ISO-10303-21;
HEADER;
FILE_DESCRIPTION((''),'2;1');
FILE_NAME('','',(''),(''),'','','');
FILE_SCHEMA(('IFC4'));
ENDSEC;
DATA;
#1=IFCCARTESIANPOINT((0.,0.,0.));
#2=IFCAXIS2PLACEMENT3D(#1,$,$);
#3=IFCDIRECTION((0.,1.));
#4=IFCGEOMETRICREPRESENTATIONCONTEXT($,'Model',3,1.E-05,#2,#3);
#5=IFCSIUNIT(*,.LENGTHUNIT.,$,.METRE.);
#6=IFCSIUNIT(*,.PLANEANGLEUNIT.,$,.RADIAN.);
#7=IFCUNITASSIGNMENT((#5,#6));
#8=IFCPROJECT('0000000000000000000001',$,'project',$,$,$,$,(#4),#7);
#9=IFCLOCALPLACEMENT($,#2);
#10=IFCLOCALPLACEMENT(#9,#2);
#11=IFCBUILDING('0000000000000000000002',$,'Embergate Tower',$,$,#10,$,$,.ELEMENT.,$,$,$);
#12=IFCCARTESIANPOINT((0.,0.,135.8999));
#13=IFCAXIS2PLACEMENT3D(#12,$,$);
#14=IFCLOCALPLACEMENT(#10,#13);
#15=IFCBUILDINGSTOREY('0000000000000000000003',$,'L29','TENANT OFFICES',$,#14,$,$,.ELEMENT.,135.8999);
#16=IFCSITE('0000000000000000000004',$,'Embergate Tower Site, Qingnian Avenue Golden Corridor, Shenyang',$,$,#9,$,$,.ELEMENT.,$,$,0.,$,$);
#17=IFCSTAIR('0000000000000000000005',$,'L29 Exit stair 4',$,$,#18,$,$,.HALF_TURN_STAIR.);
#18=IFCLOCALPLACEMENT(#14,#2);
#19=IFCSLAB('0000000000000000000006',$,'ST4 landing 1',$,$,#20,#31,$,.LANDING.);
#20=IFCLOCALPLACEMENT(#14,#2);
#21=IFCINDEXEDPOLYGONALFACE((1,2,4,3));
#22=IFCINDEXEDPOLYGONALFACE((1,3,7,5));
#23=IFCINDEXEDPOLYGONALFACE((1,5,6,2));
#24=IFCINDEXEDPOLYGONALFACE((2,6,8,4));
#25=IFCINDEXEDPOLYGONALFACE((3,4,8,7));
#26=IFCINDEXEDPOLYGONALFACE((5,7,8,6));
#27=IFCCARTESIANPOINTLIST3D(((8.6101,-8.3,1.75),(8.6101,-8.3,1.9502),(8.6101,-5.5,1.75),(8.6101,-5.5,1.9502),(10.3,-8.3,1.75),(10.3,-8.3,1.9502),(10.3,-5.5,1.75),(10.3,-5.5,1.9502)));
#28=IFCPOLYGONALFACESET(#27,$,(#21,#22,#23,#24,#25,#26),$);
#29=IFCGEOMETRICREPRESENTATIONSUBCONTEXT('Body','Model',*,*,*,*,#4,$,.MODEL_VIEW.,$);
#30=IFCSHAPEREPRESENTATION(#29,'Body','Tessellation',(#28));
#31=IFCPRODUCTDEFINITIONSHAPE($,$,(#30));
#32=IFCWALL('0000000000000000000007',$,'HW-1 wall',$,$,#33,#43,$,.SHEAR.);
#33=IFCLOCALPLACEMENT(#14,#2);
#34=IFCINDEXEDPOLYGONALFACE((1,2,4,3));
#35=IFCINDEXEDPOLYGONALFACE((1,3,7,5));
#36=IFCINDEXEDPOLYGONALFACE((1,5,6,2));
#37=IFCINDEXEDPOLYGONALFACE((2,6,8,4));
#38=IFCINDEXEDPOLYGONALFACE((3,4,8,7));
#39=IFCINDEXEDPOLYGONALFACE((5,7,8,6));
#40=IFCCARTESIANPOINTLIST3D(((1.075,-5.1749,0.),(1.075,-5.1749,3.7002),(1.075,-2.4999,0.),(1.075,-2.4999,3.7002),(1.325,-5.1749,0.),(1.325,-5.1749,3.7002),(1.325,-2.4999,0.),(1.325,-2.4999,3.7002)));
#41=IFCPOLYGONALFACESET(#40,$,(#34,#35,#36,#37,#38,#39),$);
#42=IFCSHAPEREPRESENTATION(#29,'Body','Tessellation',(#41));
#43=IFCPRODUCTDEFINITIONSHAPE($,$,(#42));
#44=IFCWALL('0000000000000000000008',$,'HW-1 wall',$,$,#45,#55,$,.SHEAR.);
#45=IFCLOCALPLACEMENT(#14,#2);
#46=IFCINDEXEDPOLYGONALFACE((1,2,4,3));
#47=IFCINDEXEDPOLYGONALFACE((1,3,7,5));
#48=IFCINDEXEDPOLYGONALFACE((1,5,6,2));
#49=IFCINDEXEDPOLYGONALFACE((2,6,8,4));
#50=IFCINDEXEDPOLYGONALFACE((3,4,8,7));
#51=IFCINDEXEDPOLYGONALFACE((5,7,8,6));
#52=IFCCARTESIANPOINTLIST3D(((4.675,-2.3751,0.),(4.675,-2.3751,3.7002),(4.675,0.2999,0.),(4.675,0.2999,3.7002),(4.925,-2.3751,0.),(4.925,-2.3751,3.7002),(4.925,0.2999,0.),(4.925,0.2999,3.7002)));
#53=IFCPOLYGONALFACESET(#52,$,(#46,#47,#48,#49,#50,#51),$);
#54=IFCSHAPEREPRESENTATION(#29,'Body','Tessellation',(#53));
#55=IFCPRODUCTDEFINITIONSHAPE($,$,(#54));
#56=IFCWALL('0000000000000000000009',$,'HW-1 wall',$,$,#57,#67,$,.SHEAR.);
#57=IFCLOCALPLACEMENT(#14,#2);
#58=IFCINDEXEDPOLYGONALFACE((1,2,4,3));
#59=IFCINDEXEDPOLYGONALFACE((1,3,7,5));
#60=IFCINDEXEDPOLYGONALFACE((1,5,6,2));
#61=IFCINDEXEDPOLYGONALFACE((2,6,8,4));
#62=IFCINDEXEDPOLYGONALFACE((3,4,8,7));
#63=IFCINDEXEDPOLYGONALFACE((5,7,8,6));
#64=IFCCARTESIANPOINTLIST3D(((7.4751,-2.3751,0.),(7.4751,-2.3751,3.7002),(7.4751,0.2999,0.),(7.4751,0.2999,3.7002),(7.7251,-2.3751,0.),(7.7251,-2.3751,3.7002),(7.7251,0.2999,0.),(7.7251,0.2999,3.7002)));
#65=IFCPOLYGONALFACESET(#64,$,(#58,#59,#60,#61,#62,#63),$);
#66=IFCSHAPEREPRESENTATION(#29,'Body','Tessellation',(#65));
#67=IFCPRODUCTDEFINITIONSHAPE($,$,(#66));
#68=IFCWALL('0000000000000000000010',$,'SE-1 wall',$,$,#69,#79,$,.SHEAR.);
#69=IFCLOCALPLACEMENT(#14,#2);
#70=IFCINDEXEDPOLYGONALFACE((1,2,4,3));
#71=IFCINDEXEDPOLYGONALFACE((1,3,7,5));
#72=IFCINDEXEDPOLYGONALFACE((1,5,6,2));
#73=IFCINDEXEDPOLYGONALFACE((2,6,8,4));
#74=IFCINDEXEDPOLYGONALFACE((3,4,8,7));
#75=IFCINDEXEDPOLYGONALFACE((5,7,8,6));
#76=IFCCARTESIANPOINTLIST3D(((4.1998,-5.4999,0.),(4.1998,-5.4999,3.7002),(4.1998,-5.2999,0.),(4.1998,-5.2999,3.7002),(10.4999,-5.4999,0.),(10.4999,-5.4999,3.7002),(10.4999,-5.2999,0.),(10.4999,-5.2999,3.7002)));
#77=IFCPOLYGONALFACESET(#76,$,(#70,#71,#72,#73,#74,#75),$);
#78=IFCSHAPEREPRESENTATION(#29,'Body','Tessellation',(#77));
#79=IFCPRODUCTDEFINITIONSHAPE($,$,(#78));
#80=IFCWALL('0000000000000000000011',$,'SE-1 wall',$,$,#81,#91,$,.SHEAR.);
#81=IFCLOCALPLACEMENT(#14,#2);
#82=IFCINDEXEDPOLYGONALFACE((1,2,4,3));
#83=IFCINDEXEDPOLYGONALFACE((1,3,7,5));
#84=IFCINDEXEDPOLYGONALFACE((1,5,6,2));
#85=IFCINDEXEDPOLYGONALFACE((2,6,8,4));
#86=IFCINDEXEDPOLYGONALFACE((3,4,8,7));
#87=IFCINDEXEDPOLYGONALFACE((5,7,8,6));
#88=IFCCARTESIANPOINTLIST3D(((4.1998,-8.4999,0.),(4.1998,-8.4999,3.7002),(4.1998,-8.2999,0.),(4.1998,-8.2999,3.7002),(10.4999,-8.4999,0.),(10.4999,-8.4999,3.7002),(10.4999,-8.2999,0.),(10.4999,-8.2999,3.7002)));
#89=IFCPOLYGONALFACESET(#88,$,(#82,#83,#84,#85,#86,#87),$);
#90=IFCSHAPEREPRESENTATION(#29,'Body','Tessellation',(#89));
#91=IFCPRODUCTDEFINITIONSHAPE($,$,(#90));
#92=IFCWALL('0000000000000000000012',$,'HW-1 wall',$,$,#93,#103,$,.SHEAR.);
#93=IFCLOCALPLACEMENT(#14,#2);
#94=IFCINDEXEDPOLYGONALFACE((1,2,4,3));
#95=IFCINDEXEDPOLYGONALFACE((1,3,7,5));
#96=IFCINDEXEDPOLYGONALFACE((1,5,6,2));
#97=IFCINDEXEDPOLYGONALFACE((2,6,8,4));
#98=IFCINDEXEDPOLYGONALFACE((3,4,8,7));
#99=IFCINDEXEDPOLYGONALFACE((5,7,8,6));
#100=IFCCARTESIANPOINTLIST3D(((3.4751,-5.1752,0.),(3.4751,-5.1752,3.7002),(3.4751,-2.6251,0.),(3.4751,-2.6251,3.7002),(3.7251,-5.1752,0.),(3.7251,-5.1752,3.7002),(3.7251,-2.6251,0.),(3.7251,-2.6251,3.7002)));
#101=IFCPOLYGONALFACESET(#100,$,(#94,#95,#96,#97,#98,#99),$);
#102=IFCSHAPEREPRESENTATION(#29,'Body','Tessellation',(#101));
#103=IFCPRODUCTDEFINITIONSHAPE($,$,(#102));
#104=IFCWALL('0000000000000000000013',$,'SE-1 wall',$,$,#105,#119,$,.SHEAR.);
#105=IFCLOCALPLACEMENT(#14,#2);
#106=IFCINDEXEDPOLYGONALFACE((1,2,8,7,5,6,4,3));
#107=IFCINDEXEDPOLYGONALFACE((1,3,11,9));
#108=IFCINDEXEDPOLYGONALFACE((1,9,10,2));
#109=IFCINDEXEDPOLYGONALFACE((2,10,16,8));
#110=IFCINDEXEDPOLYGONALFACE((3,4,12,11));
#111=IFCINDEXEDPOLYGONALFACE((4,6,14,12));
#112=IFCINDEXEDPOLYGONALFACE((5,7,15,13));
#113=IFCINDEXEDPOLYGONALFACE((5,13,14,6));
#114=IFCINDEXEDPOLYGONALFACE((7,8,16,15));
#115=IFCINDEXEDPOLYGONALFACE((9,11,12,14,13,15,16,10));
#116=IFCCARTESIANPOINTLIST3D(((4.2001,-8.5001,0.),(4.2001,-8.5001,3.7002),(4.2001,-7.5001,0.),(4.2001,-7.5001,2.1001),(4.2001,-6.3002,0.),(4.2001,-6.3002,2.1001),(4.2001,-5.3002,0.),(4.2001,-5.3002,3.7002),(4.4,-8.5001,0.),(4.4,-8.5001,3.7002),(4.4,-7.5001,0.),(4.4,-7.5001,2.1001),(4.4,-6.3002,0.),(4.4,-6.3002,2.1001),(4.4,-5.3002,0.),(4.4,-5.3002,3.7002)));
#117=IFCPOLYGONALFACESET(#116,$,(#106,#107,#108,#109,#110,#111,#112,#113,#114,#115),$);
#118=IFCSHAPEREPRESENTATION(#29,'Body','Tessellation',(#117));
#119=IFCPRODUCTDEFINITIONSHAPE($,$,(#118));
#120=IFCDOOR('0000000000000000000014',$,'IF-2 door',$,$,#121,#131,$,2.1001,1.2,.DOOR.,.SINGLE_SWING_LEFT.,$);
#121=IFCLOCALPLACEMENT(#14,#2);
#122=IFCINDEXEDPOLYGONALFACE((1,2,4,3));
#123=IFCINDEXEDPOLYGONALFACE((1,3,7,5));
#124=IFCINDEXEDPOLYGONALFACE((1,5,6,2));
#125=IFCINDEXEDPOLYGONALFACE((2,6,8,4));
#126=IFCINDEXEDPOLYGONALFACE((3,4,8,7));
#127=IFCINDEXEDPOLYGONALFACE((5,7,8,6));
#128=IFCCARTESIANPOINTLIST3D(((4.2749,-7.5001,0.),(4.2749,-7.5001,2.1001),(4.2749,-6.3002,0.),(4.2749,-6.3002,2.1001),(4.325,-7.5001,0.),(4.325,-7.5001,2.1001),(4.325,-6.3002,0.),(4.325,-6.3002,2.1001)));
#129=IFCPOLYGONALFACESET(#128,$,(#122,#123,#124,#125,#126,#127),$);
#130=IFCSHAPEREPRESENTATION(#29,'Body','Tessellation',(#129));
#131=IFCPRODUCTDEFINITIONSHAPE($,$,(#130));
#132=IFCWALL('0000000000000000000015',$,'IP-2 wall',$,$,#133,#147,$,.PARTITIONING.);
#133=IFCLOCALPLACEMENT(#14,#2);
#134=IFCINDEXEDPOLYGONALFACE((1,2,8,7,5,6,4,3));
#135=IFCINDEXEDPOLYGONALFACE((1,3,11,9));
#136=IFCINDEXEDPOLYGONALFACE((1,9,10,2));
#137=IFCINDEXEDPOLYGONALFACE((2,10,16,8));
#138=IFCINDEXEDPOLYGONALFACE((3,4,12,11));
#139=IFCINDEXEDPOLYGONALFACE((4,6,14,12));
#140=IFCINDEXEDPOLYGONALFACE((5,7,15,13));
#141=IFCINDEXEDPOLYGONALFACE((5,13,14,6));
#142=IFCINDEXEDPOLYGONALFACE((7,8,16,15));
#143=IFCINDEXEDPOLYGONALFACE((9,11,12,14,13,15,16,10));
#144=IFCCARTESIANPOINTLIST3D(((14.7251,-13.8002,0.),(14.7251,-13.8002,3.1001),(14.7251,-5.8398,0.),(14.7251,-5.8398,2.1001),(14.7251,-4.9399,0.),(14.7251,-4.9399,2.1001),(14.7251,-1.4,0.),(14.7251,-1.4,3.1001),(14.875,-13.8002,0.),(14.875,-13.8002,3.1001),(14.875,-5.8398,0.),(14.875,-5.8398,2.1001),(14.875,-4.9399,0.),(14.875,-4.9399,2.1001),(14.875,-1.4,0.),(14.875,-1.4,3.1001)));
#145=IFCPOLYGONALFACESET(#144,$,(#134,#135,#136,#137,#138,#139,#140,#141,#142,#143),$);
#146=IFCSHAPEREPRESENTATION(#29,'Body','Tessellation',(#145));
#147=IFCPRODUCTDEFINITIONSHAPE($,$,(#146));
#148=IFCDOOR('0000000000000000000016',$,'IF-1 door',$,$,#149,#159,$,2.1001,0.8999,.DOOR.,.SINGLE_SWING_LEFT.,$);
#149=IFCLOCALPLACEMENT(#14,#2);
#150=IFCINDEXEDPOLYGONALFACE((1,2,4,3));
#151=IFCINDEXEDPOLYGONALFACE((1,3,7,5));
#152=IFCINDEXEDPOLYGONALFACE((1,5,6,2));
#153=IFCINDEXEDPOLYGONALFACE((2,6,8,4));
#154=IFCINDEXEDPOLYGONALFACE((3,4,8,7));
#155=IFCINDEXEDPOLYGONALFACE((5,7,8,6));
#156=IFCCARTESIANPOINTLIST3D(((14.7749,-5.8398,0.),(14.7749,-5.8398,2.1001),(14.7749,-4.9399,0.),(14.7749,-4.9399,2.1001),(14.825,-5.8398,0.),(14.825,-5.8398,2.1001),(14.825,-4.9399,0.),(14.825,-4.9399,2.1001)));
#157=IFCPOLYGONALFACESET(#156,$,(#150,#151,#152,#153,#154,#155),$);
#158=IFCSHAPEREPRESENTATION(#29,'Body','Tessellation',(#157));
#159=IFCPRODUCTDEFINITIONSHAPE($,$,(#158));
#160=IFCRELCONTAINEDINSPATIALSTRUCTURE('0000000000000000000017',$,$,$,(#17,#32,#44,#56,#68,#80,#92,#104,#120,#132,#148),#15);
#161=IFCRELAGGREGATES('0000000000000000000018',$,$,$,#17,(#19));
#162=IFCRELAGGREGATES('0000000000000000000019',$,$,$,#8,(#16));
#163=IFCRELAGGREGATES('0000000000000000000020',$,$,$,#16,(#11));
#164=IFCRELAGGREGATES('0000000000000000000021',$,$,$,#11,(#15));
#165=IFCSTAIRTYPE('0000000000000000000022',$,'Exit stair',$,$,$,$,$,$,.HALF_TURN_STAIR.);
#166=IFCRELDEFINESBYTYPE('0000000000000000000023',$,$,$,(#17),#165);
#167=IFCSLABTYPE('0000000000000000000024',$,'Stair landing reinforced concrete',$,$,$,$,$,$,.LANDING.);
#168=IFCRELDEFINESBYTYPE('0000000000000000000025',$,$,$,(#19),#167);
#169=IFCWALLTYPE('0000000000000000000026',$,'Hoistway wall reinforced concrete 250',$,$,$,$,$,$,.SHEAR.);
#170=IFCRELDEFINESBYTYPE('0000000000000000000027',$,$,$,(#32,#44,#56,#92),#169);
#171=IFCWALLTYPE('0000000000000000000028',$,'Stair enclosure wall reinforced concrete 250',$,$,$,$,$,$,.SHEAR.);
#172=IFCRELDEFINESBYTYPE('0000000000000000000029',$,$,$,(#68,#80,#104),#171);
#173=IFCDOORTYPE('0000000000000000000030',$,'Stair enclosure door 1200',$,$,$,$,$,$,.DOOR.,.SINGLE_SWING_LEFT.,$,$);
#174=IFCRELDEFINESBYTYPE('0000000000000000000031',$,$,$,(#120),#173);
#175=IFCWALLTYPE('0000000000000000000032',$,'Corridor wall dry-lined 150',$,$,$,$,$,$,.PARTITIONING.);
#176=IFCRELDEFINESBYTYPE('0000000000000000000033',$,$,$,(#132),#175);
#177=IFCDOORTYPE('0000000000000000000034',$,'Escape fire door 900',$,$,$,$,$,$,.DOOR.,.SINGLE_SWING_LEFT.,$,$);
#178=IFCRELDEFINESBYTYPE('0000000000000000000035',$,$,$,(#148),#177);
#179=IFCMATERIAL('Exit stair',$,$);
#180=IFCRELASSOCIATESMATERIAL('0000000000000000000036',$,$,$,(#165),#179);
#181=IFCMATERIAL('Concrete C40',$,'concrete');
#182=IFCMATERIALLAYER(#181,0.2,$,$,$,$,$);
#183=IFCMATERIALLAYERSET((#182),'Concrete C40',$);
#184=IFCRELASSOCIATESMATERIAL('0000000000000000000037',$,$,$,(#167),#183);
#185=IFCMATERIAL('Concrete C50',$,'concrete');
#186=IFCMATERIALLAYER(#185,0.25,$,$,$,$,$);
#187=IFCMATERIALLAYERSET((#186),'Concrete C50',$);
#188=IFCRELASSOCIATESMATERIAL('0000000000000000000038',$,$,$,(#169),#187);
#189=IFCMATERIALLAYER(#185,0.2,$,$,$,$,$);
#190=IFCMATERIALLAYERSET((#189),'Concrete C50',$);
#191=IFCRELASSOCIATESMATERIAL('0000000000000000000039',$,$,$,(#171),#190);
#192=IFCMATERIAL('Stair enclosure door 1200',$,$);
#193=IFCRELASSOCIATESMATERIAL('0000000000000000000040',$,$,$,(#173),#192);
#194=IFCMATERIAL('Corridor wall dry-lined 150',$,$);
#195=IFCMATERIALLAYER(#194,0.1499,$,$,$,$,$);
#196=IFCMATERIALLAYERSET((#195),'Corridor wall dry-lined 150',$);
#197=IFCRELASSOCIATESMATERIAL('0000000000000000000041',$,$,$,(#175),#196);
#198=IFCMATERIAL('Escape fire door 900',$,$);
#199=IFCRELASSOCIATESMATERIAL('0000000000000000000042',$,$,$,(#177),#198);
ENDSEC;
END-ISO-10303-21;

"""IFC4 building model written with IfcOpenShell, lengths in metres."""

from ifc_helpers import new_model, si_unit, direction, frame, frame_2d, origin, place, context, subcontext, project, spatial, polyline, rectangle, outline, extrude, source, transform, mapped, material, layer, layer_set, type_object, element, fill, aggregate, save


model = new_model("IFC4")

# Units and contexts
model_context = context("Model", 3, precision=1e-05, world=origin(), true_north=direction((0.0, 1.0)))
body_context = subcontext(model_context, "Body", "Model", "MODEL_VIEW")
ifc_project = project(units=[si_unit("LENGTHUNIT", "METRE"), si_unit("PLANEANGLEUNIT", "RADIAN")], contexts=[model_context])

# Site, building, storey
site_placement = place(None, origin())
site = spatial("IfcSite", under=ifc_project, at=site_placement, Name="Embergate Tower Site, Qingnian Avenue Golden Corridor, Shenyang", CompositionType="ELEMENT", RefElevation=0.0)
building_placement = place(site_placement, origin())
building = spatial("IfcBuilding", under=site, at=building_placement, Name="Embergate Tower", CompositionType="ELEMENT")
storey_placement = place(building_placement, frame((0.0, 0.0, 135.8999)))
storey = spatial("IfcBuildingStorey", under=building, at=storey_placement, Name="L29", Description="TENANT OFFICES", CompositionType="ELEMENT", Elevation=135.8999)

# Stair, slab
ifc_material_1 = material(Name="Exit stair")
stair_type = type_object("IfcStairType", Name="Exit stair", PredefinedType="HALF_TURN_STAIR", material=ifc_material_1)
stair_placement = place(storey_placement, origin())
stair = element("IfcStair", 1, at=stair_placement, inside=storey, type_object=stair_type, Name="L29 Exit stair 4", PredefinedType="HALF_TURN_STAIR")
ifc_material_2 = material(Name="Concrete C40", Category="concrete")
ifc_layer_1 = layer(ifc_material_2, 0.2)
ifc_layer_set_1 = layer_set([ifc_layer_1], Name="Concrete C40")
slab_type = type_object("IfcSlabType", Name="Stair landing reinforced concrete", PredefinedType="LANDING", material=ifc_layer_set_1)
shared_shape_1 = source(origin(), body_context, "Body", "SweptSolid", [
    extrude(outline(polyline([(0.0, 0.0), (1.6899, 0.0), (1.6899, 2.8), (0.0, 2.8), (0.0, 0.0)])), origin(), (0.0, 0.0, 1.0), 0.2002),
])
slab_placement = place(storey_placement, frame((8.6101, -8.3, 1.75)))
slab = element("IfcSlab", 2, at=slab_placement, type_object=slab_type, Name="ST4 landing 1", PredefinedType="LANDING", context=body_context, shape_type="MappedRepresentation", body=[
    mapped(shared_shape_1, transform((0.0, 0.0, 0.0))),
])

# Walls
ifc_material_3 = material(Name="Concrete C50", Category="concrete")
ifc_layer_2 = layer(ifc_material_3, 0.25)
ifc_layer_set_2 = layer_set([ifc_layer_2], Name="Concrete C50")
wall_type_1 = type_object("IfcWallType", Name="Hoistway wall reinforced concrete 250", PredefinedType="SHEAR", material=ifc_layer_set_2)
shared_shape_2 = source(origin(), body_context, "Body", "SweptSolid", [
    extrude(rectangle(XDim=2.675, YDim=0.25, at=frame_2d((1.3374, 0.0))), origin(), (0.0, 0.0, 1.0), 3.7002),
])
for number, where, z_axis, x_axis, name in (
    (3, (1.2, -2.5, 0.0), (0.0, 0.0, 1.0), (0.0, -1.0, 0.0), "HW-1 wall"),
    (4, (4.8, -2.375, 0.0), (0.0, 0.0, 1.0), (0.0, 1.0, 0.0), "HW-1 wall"),
    (5, (7.6001, -2.375, 0.0), (0.0, 0.0, 1.0), (0.0, 1.0, 0.0), "HW-1 wall"),
):
    element("IfcWall", number, at=place(storey_placement, frame(where, z_axis=z_axis, x_axis=x_axis)), inside=storey, type_object=wall_type_1, Name=name, PredefinedType="SHEAR", context=body_context, shape_type="MappedRepresentation", body=[
        mapped(shared_shape_2, transform((0.0, 0.0, 0.0))),
    ])
ifc_layer_3 = layer(ifc_material_3, 0.2)
ifc_layer_set_3 = layer_set([ifc_layer_3], Name="Concrete C50")
wall_type_2 = type_object("IfcWallType", Name="Stair enclosure wall reinforced concrete 250", PredefinedType="SHEAR", material=ifc_layer_set_3)
shared_shape_3 = source(origin(), body_context, "Body", "SweptSolid", [
    extrude(rectangle(XDim=6.3, YDim=0.2, at=frame_2d((3.1499, 0.0))), origin(), (0.0, 0.0, 1.0), 3.7002),
])
for number, where, z_axis, x_axis, name in (
    (6, (4.2, -5.3999, 0.0), (0.0, 0.0, 1.0), (1.0, 0.0, 0.0), "SE-1 wall"),
    (7, (4.2, -8.3999, 0.0), (0.0, 0.0, 1.0), (1.0, 0.0, 0.0), "SE-1 wall"),
):
    element("IfcWall", number, at=place(storey_placement, frame(where, z_axis=z_axis, x_axis=x_axis)), inside=storey, type_object=wall_type_2, Name=name, PredefinedType="SHEAR", context=body_context, shape_type="MappedRepresentation", body=[
        mapped(shared_shape_3, transform((0.0, 0.0, 0.0))),
    ])
shared_shape_4 = source(origin(), body_context, "Body", "SweptSolid", [
    extrude(rectangle(XDim=2.55, YDim=0.25, at=frame_2d((1.2749, 0.0))), origin(), (0.0, 0.0, 1.0), 3.7002),
])
wall_1_placement = place(storey_placement, frame((3.6001, -5.175, 0.0), z_axis=(0.0, 0.0, 1.0), x_axis=(0.0, 1.0, 0.0)))
element("IfcWall", 8, at=wall_1_placement, inside=storey, type_object=wall_type_1, Name="HW-1 wall", PredefinedType="SHEAR", context=body_context, shape_type="MappedRepresentation", body=[
    mapped(shared_shape_4, transform((0.0, 0.0, 0.0))),
])

# Walls, openings, doors
shared_shape_5 = source(origin(), body_context, "Body", "SweptSolid", [
    extrude(rectangle(XDim=3.2, YDim=0.2, at=frame_2d((1.6001, 0.0))), origin(), (0.0, 0.0, 1.0), 3.7002),
])
wall_2_placement = place(storey_placement, frame((4.3, -5.3, 0.0), z_axis=(0.0, 0.0, 1.0), x_axis=(0.0, -1.0, 0.0)))
wall_2 = element("IfcWall", 9, at=wall_2_placement, inside=storey, type_object=wall_type_2, Name="SE-1 wall", PredefinedType="SHEAR", context=body_context, shape_type="MappedRepresentation", body=[
    mapped(shared_shape_5, transform((0.0, 0.0, 0.0))),
])
shared_shape_6 = source(origin(), body_context, "Body", "SweptSolid", [
    extrude(rectangle(XDim=1.2, YDim=2.1001, at=frame_2d((0.6001, 1.05))), frame((0.0, 0.1099, 0.0), z_axis=(0.0, -1.0, 0.0), x_axis=(1.0, 0.0, 0.0)), (0.0, 0.0, 1.0), 0.22),
])
opening_1_placement = place(wall_2_placement, frame((1.0, 0.0, 0.0)))
opening_1 = element("IfcOpeningElement", 10, at=opening_1_placement, cuts=wall_2, PredefinedType="OPENING", context=body_context, shape_type="MappedRepresentation", body=[
    mapped(shared_shape_6, transform((0.0, 0.0, 0.0))),
])
ifc_material_4 = material(Name="Stair enclosure door 1200")
door_type_1 = type_object("IfcDoorType", Name="Stair enclosure door 1200", OperationType="SINGLE_SWING_LEFT", PredefinedType="DOOR", material=ifc_material_4)
shared_shape_7 = source(origin(), body_context, "Body", "SweptSolid", [
    extrude(rectangle(XDim=1.2, YDim=2.1001, at=frame_2d((0.6001, 1.05))), frame((0.0, 0.0249, 0.0), z_axis=(0.0, -1.0, 0.0), x_axis=(1.0, 0.0, 0.0)), (0.0, 0.0, 1.0), 0.05),
])
door_1_placement = place(opening_1_placement, origin())
door_1 = element("IfcDoor", 11, at=door_1_placement, inside=storey, type_object=door_type_1, Name="IF-2 door", OperationType="SINGLE_SWING_LEFT", OverallHeight=2.1001, OverallWidth=1.2, PredefinedType="DOOR", context=body_context, shape_type="MappedRepresentation", body=[
    mapped(shared_shape_7, transform((0.0, 0.0, 0.0))),
])
fill(opening_1, door_1)
ifc_material_5 = material(Name="Corridor wall dry-lined 150")
ifc_layer_4 = layer(ifc_material_5, 0.1499)
ifc_layer_set_4 = layer_set([ifc_layer_4], Name="Corridor wall dry-lined 150")
wall_type_3 = type_object("IfcWallType", Name="Corridor wall dry-lined 150", PredefinedType="PARTITIONING", material=ifc_layer_set_4)
shared_shape_8 = source(origin(), body_context, "Body", "SweptSolid", [
    extrude(rectangle(XDim=12.4001, YDim=0.1499, at=frame_2d((6.2002, 0.0))), origin(), (0.0, 0.0, 1.0), 3.1001),
])
wall_3_placement = place(storey_placement, frame((14.8, -1.3999, 0.0), z_axis=(0.0, 0.0, 1.0), x_axis=(0.0, -1.0, 0.0)))
wall_3 = element("IfcWall", 12, at=wall_3_placement, inside=storey, type_object=wall_type_3, Name="IP-2 wall", PredefinedType="PARTITIONING", context=body_context, shape_type="MappedRepresentation", body=[
    mapped(shared_shape_8, transform((0.0, 0.0, 0.0))),
])
shared_shape_9 = source(origin(), body_context, "Body", "SweptSolid", [
    extrude(rectangle(XDim=0.8999, YDim=2.1001, at=frame_2d((0.45, 1.05))), frame((0.0, 0.085, 0.0), z_axis=(0.0, -1.0, 0.0), x_axis=(1.0, 0.0, 0.0)), (0.0, 0.0, 1.0), 0.1699),
])
opening_2_placement = place(wall_3_placement, frame((3.54, 0.0, 0.0)))
opening_2 = element("IfcOpeningElement", 13, at=opening_2_placement, cuts=wall_3, PredefinedType="OPENING", context=body_context, shape_type="MappedRepresentation", body=[
    mapped(shared_shape_9, transform((0.0, 0.0, 0.0))),
])
ifc_material_6 = material(Name="Escape fire door 900")
door_type_2 = type_object("IfcDoorType", Name="Escape fire door 900", OperationType="SINGLE_SWING_LEFT", PredefinedType="DOOR", material=ifc_material_6)
shared_shape_10 = source(origin(), body_context, "Body", "SweptSolid", [
    extrude(rectangle(XDim=0.8999, YDim=2.1001, at=frame_2d((0.45, 1.05))), frame((0.0, 0.0249, 0.0), z_axis=(0.0, -1.0, 0.0), x_axis=(1.0, 0.0, 0.0)), (0.0, 0.0, 1.0), 0.05),
])
door_2_placement = place(opening_2_placement, origin())
door_2 = element("IfcDoor", 14, at=door_2_placement, inside=storey, type_object=door_type_2, Name="IF-1 door", OperationType="SINGLE_SWING_LEFT", OverallHeight=2.1001, OverallWidth=0.8999, PredefinedType="DOOR", context=body_context, shape_type="MappedRepresentation", body=[
    mapped(shared_shape_10, transform((0.0, 0.0, 0.0))),
])
fill(opening_2, door_2)

aggregate(stair, [slab])

save(model, "model.ifc")
